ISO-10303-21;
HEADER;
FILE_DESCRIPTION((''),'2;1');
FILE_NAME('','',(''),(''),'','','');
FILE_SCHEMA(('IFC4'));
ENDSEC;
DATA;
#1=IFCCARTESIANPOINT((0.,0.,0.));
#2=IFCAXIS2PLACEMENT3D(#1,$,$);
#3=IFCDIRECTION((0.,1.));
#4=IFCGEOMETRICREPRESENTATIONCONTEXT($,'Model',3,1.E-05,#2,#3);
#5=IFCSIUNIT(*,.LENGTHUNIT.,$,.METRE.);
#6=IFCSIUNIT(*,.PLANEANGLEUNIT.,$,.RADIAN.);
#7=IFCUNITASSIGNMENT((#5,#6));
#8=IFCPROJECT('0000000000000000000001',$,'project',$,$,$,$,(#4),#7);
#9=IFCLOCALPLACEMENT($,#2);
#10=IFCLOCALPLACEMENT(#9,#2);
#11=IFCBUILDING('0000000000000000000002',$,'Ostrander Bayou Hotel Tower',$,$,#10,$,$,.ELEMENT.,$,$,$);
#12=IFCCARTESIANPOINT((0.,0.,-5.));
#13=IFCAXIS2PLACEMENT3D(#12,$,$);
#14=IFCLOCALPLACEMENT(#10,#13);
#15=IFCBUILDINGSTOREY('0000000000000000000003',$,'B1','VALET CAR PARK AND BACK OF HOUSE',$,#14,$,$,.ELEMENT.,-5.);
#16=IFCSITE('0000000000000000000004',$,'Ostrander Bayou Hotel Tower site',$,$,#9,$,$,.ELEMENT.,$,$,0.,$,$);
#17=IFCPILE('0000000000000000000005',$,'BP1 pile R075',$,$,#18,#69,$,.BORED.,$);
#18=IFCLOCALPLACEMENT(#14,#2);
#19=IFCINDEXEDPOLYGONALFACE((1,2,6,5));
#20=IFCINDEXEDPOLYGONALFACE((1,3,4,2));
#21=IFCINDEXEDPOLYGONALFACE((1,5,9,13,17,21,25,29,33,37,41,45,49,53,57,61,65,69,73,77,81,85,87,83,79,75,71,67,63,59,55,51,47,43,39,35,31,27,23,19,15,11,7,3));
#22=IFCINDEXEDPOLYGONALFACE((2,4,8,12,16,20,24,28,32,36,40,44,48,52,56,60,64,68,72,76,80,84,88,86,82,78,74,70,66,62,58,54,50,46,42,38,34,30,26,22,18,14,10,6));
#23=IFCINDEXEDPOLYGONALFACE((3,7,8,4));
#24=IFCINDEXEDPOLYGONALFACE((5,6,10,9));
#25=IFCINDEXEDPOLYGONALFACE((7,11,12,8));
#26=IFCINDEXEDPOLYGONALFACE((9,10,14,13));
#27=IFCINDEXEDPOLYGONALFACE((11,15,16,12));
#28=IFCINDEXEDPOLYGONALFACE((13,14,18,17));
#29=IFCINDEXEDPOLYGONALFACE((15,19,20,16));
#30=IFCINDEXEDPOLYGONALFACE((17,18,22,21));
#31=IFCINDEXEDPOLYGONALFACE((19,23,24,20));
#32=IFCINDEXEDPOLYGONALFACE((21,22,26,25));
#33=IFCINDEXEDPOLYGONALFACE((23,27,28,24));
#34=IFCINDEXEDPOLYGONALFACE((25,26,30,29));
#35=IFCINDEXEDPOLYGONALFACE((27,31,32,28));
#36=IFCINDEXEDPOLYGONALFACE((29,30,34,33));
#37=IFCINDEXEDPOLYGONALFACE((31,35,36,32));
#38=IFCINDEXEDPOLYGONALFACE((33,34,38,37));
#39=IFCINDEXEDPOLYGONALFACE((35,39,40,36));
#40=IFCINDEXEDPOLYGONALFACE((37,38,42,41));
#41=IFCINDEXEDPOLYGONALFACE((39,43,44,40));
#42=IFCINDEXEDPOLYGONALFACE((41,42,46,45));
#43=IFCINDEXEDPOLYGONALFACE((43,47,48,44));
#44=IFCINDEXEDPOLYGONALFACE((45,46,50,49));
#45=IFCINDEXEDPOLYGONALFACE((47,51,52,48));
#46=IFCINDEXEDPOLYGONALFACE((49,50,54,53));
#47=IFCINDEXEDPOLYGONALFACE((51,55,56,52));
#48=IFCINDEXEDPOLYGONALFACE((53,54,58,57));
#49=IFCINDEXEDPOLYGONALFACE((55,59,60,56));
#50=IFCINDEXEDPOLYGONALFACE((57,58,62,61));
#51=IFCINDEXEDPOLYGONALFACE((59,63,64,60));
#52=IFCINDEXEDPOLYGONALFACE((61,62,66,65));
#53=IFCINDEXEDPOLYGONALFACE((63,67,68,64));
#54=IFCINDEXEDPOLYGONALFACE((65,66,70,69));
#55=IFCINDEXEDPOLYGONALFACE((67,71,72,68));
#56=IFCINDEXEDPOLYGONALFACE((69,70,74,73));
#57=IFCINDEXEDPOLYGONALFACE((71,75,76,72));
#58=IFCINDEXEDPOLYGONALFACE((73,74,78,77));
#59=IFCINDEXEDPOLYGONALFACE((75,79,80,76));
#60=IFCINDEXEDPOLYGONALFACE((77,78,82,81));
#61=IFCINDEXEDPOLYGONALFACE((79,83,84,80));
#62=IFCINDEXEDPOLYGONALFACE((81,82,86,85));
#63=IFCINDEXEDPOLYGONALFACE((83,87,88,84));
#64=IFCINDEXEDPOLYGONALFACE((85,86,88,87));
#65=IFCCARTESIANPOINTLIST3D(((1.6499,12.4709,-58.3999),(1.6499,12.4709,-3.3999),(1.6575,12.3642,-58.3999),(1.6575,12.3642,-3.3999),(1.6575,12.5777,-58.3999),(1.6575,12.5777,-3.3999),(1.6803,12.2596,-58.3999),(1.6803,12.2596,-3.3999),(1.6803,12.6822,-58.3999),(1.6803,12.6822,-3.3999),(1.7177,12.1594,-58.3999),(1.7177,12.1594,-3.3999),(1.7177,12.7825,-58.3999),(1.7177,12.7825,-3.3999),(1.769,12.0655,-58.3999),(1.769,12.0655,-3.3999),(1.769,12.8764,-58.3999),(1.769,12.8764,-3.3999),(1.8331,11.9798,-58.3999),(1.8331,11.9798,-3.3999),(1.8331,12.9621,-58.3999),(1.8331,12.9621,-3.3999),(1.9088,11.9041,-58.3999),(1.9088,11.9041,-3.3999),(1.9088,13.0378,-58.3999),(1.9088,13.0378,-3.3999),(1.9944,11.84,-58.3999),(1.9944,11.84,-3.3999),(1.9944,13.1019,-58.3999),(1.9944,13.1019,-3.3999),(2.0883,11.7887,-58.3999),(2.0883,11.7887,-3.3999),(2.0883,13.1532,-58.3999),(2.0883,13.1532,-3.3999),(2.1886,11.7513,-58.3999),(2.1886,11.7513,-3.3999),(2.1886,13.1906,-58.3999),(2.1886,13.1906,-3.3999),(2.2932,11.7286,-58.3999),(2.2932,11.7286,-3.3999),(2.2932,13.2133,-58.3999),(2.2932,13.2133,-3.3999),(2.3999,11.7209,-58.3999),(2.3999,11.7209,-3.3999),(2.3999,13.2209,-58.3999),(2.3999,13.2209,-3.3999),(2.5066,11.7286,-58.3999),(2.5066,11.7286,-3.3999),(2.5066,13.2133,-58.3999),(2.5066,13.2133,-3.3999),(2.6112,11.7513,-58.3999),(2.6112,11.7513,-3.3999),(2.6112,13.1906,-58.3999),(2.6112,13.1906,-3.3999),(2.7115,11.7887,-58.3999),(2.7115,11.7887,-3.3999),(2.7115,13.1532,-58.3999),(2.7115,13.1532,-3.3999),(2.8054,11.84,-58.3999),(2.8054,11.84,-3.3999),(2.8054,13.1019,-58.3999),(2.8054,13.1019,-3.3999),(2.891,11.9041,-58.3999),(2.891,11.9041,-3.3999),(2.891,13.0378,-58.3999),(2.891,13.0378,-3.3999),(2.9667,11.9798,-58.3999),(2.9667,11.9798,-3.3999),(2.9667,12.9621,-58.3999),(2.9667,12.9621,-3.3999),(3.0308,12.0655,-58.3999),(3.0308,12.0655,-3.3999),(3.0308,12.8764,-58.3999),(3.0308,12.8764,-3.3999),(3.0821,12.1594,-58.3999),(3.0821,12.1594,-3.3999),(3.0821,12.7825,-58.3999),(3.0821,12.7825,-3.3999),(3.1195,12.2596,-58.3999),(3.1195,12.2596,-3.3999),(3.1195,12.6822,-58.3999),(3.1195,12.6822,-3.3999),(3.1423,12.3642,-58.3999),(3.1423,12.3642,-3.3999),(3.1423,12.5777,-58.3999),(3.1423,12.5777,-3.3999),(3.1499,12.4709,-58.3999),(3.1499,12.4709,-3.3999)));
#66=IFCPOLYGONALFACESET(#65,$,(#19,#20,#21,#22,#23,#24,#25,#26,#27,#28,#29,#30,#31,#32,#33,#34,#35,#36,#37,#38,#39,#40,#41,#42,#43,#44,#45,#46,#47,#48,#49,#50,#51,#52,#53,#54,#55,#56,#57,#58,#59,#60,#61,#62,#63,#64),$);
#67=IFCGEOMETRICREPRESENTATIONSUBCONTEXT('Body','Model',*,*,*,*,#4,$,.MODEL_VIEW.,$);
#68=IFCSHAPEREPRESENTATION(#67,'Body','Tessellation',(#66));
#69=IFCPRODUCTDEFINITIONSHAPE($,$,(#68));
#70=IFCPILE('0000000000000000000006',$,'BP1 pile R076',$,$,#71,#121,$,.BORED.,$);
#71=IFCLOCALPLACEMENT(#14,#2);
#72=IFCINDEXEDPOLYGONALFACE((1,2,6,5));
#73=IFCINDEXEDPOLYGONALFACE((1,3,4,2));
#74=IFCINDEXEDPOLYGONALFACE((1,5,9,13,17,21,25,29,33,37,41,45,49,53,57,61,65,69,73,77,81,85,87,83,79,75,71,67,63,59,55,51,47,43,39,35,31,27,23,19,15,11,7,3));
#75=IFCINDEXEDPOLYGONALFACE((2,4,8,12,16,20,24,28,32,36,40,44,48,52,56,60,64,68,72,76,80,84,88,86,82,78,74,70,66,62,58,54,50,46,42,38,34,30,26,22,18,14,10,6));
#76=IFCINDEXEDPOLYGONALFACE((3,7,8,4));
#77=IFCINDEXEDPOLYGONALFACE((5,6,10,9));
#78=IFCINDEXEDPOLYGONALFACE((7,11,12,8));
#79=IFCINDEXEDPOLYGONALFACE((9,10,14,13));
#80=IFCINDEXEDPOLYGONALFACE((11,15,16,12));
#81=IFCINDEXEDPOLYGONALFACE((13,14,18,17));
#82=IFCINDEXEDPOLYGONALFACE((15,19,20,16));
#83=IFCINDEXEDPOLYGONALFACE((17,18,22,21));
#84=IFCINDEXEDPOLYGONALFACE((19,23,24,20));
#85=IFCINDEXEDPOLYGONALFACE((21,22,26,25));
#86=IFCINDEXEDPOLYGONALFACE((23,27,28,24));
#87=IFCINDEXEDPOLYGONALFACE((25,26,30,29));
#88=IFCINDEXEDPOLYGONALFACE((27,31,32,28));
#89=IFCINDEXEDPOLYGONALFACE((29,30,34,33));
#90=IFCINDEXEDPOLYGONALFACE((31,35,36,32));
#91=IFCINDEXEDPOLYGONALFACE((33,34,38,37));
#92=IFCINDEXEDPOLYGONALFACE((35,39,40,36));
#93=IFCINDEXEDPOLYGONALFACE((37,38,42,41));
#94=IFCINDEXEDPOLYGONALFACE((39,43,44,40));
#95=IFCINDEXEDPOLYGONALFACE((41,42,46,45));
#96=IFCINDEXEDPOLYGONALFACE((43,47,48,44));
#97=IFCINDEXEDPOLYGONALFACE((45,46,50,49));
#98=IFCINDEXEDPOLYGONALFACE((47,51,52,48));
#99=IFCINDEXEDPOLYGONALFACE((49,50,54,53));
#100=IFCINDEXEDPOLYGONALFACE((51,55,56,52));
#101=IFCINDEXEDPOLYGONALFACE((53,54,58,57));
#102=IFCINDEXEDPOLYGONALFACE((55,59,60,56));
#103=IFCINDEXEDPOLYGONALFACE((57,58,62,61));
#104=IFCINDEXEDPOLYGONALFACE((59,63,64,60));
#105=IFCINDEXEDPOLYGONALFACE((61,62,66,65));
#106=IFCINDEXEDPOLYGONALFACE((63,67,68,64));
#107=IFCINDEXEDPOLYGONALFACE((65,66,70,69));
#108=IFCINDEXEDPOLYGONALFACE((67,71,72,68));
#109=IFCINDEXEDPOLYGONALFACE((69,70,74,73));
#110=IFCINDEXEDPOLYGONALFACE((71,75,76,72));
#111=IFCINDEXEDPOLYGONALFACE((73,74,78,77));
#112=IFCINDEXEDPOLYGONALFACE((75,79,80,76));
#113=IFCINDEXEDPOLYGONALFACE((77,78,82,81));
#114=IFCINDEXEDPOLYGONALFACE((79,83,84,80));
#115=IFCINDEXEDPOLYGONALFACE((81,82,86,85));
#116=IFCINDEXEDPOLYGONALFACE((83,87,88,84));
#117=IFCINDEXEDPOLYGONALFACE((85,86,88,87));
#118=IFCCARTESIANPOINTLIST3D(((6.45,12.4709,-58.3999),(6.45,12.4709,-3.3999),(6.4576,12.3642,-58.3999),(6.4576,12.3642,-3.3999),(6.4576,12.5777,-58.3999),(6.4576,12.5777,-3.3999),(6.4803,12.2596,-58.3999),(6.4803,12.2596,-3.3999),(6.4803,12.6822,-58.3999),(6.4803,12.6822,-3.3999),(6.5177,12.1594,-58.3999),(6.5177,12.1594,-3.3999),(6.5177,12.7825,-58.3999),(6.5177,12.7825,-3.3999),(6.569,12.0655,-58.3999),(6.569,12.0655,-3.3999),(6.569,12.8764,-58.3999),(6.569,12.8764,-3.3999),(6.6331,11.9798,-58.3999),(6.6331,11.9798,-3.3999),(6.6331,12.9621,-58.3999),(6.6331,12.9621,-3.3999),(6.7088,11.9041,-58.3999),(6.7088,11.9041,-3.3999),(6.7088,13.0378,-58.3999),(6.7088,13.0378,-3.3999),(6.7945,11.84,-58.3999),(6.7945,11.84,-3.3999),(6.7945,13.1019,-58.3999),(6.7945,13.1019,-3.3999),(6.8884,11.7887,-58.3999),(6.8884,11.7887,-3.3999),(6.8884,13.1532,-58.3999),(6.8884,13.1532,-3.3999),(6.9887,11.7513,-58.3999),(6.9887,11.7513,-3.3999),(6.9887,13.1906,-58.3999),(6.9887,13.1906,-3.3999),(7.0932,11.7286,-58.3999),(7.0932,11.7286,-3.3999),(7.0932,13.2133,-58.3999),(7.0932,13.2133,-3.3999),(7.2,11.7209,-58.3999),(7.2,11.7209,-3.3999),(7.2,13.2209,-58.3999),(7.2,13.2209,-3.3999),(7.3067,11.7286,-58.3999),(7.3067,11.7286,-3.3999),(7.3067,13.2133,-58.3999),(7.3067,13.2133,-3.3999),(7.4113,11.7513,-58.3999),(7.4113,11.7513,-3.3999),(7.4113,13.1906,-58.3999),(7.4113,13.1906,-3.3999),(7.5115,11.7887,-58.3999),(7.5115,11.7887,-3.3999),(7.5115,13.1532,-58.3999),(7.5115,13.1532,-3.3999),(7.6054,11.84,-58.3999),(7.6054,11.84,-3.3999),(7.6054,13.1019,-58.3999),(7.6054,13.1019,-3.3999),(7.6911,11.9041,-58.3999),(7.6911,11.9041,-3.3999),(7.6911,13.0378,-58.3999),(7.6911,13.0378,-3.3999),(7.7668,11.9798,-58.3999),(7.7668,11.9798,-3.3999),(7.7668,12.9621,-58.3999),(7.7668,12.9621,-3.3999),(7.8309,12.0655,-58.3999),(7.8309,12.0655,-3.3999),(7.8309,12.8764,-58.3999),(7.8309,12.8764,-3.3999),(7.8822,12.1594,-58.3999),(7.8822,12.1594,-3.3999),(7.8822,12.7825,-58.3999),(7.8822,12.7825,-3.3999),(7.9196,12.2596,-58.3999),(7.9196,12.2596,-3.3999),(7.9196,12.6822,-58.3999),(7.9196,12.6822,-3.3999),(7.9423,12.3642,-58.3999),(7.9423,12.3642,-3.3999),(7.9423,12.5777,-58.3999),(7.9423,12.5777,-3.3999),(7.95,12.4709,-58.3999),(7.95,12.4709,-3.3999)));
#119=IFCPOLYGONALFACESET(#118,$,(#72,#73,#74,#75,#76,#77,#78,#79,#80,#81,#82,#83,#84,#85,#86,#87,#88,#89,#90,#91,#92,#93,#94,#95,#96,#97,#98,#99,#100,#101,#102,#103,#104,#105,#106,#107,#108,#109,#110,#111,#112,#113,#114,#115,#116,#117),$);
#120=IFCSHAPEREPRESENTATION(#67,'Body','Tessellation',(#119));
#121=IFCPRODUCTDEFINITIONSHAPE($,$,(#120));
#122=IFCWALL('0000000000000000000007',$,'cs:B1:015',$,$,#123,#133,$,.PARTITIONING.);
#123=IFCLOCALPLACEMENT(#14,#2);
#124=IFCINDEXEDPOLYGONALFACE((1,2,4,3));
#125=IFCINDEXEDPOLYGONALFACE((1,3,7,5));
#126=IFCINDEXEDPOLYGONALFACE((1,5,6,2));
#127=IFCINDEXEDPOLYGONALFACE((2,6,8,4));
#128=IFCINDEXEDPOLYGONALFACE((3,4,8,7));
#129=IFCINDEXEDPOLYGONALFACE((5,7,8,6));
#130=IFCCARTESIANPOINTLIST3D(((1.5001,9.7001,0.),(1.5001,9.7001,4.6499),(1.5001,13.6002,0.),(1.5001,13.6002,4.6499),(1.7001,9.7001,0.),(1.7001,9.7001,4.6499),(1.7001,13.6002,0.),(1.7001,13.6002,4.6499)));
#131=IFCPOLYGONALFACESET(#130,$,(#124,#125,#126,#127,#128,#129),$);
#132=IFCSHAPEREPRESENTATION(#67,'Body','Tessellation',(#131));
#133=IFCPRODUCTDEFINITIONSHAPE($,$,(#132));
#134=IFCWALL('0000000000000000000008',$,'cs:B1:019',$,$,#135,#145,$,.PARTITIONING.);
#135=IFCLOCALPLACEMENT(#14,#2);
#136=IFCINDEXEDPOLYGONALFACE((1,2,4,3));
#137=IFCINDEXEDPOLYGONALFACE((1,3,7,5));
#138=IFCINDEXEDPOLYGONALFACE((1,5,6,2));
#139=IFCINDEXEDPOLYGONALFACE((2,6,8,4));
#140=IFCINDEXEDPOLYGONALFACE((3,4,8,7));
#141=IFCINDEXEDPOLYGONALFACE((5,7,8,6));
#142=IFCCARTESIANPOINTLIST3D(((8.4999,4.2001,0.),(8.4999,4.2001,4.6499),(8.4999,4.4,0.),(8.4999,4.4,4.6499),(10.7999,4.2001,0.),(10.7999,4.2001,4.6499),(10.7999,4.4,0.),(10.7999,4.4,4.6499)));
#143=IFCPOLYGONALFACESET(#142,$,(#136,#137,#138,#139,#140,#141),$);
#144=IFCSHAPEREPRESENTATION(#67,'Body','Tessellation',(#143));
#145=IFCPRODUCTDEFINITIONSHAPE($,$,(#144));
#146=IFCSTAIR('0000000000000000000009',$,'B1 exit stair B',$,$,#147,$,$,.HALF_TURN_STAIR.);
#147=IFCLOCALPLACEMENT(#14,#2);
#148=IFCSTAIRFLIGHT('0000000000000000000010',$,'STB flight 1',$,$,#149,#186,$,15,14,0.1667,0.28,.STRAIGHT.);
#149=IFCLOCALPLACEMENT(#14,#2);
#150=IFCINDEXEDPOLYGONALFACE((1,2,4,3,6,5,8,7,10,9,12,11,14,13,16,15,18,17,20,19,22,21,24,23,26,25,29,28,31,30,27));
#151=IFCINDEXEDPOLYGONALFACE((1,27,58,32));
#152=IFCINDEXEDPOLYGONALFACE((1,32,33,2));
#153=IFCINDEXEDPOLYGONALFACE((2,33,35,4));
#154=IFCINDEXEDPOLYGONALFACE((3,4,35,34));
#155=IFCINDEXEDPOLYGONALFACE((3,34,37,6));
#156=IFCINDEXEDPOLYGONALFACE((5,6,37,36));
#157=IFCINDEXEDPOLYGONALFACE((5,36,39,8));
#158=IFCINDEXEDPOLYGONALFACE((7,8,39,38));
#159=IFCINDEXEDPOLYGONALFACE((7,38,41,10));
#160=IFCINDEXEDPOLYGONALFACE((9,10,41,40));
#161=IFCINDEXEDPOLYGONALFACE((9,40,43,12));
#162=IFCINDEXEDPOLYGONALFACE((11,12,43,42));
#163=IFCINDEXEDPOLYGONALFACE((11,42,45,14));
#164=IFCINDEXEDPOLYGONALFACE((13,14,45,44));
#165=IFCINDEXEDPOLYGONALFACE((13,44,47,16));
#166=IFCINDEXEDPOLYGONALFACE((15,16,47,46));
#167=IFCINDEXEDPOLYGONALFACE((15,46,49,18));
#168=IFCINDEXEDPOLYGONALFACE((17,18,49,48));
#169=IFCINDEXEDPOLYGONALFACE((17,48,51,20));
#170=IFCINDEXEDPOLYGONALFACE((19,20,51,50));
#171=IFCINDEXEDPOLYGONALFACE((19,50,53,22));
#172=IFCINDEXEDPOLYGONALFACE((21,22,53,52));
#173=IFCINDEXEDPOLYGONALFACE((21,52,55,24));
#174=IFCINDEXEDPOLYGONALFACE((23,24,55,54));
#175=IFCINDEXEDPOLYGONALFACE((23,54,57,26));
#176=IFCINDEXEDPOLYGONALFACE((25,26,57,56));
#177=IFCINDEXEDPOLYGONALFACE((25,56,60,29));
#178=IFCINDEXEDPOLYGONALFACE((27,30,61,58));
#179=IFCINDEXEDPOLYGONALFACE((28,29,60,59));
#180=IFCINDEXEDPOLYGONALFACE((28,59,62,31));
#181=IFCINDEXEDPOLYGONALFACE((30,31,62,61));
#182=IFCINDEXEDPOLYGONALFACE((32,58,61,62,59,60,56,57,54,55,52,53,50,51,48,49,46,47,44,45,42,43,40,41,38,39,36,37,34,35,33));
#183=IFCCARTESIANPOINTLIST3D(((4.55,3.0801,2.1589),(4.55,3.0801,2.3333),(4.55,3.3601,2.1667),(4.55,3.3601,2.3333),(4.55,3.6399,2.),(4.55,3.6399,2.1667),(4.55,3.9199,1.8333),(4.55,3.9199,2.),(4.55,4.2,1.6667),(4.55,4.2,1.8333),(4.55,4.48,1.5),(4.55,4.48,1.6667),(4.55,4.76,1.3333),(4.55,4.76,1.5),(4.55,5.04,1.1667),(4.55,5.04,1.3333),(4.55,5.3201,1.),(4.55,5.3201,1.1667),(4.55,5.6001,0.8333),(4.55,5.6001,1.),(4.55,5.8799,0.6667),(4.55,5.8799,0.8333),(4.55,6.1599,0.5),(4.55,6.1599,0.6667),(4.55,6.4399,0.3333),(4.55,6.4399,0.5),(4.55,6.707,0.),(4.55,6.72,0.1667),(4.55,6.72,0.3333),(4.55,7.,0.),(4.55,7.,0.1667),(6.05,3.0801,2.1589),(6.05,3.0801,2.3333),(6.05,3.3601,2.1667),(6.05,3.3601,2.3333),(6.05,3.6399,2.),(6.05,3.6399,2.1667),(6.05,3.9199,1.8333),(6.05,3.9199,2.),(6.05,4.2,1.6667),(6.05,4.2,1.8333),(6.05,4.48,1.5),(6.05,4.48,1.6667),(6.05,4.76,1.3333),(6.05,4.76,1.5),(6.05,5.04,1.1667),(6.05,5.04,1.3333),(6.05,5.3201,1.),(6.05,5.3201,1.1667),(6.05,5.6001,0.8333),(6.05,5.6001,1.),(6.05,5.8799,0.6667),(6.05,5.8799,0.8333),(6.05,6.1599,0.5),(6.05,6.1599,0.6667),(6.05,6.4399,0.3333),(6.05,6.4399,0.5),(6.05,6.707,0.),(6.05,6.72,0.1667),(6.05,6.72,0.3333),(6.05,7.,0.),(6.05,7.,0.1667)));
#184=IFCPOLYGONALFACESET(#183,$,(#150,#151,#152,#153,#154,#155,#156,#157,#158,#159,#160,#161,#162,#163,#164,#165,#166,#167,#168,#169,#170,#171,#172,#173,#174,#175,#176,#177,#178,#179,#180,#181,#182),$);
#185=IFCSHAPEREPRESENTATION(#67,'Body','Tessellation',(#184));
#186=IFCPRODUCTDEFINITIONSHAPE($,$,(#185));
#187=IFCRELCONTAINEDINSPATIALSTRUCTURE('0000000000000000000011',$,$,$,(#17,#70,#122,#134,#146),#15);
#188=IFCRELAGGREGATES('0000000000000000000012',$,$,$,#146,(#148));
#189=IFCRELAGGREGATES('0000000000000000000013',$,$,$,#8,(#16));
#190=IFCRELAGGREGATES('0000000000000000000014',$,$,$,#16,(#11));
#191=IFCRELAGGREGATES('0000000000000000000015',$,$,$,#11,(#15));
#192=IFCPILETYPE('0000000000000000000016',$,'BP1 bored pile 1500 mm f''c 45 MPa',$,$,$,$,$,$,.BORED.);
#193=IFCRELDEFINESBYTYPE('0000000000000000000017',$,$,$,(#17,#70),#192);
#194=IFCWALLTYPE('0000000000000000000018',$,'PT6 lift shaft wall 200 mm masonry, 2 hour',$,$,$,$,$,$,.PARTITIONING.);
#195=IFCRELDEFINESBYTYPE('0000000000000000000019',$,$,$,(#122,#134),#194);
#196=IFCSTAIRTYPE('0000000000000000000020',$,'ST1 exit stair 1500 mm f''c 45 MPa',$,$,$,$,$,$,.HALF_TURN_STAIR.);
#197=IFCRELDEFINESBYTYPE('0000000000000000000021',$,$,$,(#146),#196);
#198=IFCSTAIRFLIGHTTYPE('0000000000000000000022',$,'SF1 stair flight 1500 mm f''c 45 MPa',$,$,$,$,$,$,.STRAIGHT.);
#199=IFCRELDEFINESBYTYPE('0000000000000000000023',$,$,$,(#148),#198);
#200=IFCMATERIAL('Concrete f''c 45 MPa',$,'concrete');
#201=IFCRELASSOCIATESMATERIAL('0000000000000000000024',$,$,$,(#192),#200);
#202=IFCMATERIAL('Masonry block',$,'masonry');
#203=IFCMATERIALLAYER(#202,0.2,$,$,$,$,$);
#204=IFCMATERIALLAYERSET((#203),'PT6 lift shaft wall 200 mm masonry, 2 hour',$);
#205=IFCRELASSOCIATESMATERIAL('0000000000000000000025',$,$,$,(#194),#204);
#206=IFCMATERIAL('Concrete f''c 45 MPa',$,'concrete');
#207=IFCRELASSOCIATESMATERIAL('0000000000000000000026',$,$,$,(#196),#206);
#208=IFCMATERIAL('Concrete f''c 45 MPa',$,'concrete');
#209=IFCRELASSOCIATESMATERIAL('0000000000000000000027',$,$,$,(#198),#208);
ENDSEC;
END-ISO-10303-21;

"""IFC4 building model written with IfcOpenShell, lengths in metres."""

from ifc_helpers import new_model, si_unit, direction, frame, frame_2d, origin, origin_2d, place, context, subcontext, project, spatial, polyline, rectangle, circle, outline, extrude, material, layer, layer_set, material_profile, profile_set, type_object, element, aggregate, save


model = new_model("IFC4")

# Units and contexts
model_context = context("Model", 3, precision=1e-05, world=origin(), true_north=direction((0.0, 1.0)))
body_context = subcontext(model_context, "Body", "Model", "MODEL_VIEW")
ifc_project = project(units=[si_unit("LENGTHUNIT", "METRE"), si_unit("PLANEANGLEUNIT", "RADIAN")], contexts=[model_context])

# Site, building, storey
site_placement = place(None, origin())
site = spatial("IfcSite", under=ifc_project, at=site_placement, Name="Ostrander Bayou Hotel Tower site", CompositionType="ELEMENT", RefElevation=0.0)
building_placement = place(site_placement, origin())
building = spatial("IfcBuilding", under=site, at=building_placement, Name="Ostrander Bayou Hotel Tower", CompositionType="ELEMENT")
storey_placement = place(building_placement, frame((0.0, 0.0, -5.0)))
storey = spatial("IfcBuildingStorey", under=building, at=storey_placement, Name="B1", Description="VALET CAR PARK AND BACK OF HOUSE", CompositionType="ELEMENT", Elevation=-5.0)

# Piles
ifc_material_1 = material(Name="Concrete f'c 45 MPa", Category="concrete")
ifc_material_profile = material_profile(ifc_material_1, circle(Radius=0.75, at=origin_2d()))
ifc_profile_set = profile_set([ifc_material_profile], Name="Concrete f'c 45 MPa")
pile_type = type_object("IfcPileType", Name="BP1 bored pile 1500 mm f'c 45 MPa", PredefinedType="BORED", material=ifc_profile_set)
for number, where, z_axis, x_axis, name in (
    (1, (2.3999, 12.4709, -3.3999), (0.0, 0.0, -1.0), (1.0, 0.0, 0.0), "BP1 pile R075"),
    (2, (7.2, 12.4709, -3.3999), (0.0, 0.0, -1.0), (1.0, 0.0, 0.0), "BP1 pile R076"),
):
    element("IfcPile", number, at=place(storey_placement, frame(where, z_axis=z_axis, x_axis=x_axis)), inside=storey, type_object=pile_type, Name=name, PredefinedType="BORED", context=body_context, shape_type="SweptSolid", body=[
        extrude(circle(Radius=0.75, at=origin_2d()), origin(), (0.0, 0.0, 1.0), 55.0),
    ])

# Walls
ifc_material_2 = material(Name="Masonry block", Category="masonry")
ifc_layer_1 = layer(ifc_material_2, 0.2)
ifc_layer_set_1 = layer_set([ifc_layer_1], Name="PT6 lift shaft wall 200 mm masonry, 2 hour")
wall_type_1 = type_object("IfcWallType", Name="PT6 lift shaft wall 200 mm masonry, 2 hour", PredefinedType="PARTITIONING", material=ifc_layer_set_1)
wall_1_placement = place(storey_placement, frame((1.6001, 9.7, 0.0), z_axis=(0.0, 0.0, 1.0), x_axis=(0.0, 1.0, 0.0)))
element("IfcWall", 3, at=wall_1_placement, inside=storey, type_object=wall_type_1, Name="cs:B1:015", PredefinedType="PARTITIONING", context=body_context, shape_type="SweptSolid", body=[
    extrude(rectangle(XDim=3.9001, YDim=0.2, at=frame_2d((1.9502, 0.0))), origin(), (0.0, 0.0, 1.0), 4.6499),
])
wall_2_placement = place(storey_placement, frame((8.5, 4.3, 0.0), z_axis=(0.0, 0.0, 1.0), x_axis=(1.0, 0.0, 0.0)))
element("IfcWall", 4, at=wall_2_placement, inside=storey, type_object=wall_type_1, Name="cs:B1:019", PredefinedType="PARTITIONING", context=body_context, shape_type="SweptSolid", body=[
    extrude(rectangle(XDim=2.3, YDim=0.2, at=frame_2d((1.1499, 0.0))), origin(), (0.0, 0.0, 1.0), 4.6499),
])

# Stair, stair flight
ifc_material_3 = material(Name="Concrete f'c 45 MPa", Category="concrete")
stair_type = type_object("IfcStairType", Name="ST1 exit stair 1500 mm f'c 45 MPa", PredefinedType="HALF_TURN_STAIR", material=ifc_material_3)
stair_placement = place(storey_placement, origin())
stair = element("IfcStair", 5, at=stair_placement, inside=storey, type_object=stair_type, Name="B1 exit stair B", PredefinedType="HALF_TURN_STAIR")
ifc_material_4 = material(Name="Concrete f'c 45 MPa", Category="concrete")
stair_flight_type = type_object("IfcStairFlightType", Name="SF1 stair flight 1500 mm f'c 45 MPa", PredefinedType="STRAIGHT", material=ifc_material_4)
stair_flight_1_placement = place(storey_placement, frame((5.3, 7.0, 0.0), z_axis=(0.0, 0.0, 1.0), x_axis=(0.0, -1.0, 0.0)))
stair_flight_1 = element("IfcStairFlight", 6, at=stair_flight_1_placement, type_object=stair_flight_type, Name="STB flight 1", NumberOfRisers=15, NumberOfTreads=14, PredefinedType="STRAIGHT", RiserHeight=0.1667, TreadLength=0.28, context=body_context, shape_type="SweptSolid", body=[
    extrude(outline(polyline([(0.0, 0.0), (0.0, 0.1667), (0.28, 0.1667), (0.28, 0.3333), (0.5601, 0.3333), (0.5601, 0.5), (0.8401, 0.5), (0.8401, 0.6667), (1.1201, 0.6667), (1.1201, 0.8333), (1.3999, 0.8333), (1.3999, 1.0), (1.6799, 1.0), (1.6799, 1.1667), (1.96, 1.1667), (1.96, 1.3333), (2.24, 1.3333), (2.24, 1.5), (2.52, 1.5), (2.52, 1.6667), (2.8, 1.6667), (2.8, 1.8333), (3.0801, 1.8333), (3.0801, 2.0), (3.3601, 2.0), (3.3601, 2.1667), (3.6399, 2.1667), (3.6399, 2.3333), (3.9199, 2.3333), (3.9199, 2.5), (3.9199, 2.1589), (0.293, 0.0), (0.0, 0.0)])), frame((0.0, 0.75, 0.0), z_axis=(0.0, -1.0, 0.0), x_axis=(1.0, 0.0, 0.0)), (0.0, 0.0, 1.0), 1.5),
])
aggregate(stair, [stair_flight_1])

save(model, "model.ifc")
